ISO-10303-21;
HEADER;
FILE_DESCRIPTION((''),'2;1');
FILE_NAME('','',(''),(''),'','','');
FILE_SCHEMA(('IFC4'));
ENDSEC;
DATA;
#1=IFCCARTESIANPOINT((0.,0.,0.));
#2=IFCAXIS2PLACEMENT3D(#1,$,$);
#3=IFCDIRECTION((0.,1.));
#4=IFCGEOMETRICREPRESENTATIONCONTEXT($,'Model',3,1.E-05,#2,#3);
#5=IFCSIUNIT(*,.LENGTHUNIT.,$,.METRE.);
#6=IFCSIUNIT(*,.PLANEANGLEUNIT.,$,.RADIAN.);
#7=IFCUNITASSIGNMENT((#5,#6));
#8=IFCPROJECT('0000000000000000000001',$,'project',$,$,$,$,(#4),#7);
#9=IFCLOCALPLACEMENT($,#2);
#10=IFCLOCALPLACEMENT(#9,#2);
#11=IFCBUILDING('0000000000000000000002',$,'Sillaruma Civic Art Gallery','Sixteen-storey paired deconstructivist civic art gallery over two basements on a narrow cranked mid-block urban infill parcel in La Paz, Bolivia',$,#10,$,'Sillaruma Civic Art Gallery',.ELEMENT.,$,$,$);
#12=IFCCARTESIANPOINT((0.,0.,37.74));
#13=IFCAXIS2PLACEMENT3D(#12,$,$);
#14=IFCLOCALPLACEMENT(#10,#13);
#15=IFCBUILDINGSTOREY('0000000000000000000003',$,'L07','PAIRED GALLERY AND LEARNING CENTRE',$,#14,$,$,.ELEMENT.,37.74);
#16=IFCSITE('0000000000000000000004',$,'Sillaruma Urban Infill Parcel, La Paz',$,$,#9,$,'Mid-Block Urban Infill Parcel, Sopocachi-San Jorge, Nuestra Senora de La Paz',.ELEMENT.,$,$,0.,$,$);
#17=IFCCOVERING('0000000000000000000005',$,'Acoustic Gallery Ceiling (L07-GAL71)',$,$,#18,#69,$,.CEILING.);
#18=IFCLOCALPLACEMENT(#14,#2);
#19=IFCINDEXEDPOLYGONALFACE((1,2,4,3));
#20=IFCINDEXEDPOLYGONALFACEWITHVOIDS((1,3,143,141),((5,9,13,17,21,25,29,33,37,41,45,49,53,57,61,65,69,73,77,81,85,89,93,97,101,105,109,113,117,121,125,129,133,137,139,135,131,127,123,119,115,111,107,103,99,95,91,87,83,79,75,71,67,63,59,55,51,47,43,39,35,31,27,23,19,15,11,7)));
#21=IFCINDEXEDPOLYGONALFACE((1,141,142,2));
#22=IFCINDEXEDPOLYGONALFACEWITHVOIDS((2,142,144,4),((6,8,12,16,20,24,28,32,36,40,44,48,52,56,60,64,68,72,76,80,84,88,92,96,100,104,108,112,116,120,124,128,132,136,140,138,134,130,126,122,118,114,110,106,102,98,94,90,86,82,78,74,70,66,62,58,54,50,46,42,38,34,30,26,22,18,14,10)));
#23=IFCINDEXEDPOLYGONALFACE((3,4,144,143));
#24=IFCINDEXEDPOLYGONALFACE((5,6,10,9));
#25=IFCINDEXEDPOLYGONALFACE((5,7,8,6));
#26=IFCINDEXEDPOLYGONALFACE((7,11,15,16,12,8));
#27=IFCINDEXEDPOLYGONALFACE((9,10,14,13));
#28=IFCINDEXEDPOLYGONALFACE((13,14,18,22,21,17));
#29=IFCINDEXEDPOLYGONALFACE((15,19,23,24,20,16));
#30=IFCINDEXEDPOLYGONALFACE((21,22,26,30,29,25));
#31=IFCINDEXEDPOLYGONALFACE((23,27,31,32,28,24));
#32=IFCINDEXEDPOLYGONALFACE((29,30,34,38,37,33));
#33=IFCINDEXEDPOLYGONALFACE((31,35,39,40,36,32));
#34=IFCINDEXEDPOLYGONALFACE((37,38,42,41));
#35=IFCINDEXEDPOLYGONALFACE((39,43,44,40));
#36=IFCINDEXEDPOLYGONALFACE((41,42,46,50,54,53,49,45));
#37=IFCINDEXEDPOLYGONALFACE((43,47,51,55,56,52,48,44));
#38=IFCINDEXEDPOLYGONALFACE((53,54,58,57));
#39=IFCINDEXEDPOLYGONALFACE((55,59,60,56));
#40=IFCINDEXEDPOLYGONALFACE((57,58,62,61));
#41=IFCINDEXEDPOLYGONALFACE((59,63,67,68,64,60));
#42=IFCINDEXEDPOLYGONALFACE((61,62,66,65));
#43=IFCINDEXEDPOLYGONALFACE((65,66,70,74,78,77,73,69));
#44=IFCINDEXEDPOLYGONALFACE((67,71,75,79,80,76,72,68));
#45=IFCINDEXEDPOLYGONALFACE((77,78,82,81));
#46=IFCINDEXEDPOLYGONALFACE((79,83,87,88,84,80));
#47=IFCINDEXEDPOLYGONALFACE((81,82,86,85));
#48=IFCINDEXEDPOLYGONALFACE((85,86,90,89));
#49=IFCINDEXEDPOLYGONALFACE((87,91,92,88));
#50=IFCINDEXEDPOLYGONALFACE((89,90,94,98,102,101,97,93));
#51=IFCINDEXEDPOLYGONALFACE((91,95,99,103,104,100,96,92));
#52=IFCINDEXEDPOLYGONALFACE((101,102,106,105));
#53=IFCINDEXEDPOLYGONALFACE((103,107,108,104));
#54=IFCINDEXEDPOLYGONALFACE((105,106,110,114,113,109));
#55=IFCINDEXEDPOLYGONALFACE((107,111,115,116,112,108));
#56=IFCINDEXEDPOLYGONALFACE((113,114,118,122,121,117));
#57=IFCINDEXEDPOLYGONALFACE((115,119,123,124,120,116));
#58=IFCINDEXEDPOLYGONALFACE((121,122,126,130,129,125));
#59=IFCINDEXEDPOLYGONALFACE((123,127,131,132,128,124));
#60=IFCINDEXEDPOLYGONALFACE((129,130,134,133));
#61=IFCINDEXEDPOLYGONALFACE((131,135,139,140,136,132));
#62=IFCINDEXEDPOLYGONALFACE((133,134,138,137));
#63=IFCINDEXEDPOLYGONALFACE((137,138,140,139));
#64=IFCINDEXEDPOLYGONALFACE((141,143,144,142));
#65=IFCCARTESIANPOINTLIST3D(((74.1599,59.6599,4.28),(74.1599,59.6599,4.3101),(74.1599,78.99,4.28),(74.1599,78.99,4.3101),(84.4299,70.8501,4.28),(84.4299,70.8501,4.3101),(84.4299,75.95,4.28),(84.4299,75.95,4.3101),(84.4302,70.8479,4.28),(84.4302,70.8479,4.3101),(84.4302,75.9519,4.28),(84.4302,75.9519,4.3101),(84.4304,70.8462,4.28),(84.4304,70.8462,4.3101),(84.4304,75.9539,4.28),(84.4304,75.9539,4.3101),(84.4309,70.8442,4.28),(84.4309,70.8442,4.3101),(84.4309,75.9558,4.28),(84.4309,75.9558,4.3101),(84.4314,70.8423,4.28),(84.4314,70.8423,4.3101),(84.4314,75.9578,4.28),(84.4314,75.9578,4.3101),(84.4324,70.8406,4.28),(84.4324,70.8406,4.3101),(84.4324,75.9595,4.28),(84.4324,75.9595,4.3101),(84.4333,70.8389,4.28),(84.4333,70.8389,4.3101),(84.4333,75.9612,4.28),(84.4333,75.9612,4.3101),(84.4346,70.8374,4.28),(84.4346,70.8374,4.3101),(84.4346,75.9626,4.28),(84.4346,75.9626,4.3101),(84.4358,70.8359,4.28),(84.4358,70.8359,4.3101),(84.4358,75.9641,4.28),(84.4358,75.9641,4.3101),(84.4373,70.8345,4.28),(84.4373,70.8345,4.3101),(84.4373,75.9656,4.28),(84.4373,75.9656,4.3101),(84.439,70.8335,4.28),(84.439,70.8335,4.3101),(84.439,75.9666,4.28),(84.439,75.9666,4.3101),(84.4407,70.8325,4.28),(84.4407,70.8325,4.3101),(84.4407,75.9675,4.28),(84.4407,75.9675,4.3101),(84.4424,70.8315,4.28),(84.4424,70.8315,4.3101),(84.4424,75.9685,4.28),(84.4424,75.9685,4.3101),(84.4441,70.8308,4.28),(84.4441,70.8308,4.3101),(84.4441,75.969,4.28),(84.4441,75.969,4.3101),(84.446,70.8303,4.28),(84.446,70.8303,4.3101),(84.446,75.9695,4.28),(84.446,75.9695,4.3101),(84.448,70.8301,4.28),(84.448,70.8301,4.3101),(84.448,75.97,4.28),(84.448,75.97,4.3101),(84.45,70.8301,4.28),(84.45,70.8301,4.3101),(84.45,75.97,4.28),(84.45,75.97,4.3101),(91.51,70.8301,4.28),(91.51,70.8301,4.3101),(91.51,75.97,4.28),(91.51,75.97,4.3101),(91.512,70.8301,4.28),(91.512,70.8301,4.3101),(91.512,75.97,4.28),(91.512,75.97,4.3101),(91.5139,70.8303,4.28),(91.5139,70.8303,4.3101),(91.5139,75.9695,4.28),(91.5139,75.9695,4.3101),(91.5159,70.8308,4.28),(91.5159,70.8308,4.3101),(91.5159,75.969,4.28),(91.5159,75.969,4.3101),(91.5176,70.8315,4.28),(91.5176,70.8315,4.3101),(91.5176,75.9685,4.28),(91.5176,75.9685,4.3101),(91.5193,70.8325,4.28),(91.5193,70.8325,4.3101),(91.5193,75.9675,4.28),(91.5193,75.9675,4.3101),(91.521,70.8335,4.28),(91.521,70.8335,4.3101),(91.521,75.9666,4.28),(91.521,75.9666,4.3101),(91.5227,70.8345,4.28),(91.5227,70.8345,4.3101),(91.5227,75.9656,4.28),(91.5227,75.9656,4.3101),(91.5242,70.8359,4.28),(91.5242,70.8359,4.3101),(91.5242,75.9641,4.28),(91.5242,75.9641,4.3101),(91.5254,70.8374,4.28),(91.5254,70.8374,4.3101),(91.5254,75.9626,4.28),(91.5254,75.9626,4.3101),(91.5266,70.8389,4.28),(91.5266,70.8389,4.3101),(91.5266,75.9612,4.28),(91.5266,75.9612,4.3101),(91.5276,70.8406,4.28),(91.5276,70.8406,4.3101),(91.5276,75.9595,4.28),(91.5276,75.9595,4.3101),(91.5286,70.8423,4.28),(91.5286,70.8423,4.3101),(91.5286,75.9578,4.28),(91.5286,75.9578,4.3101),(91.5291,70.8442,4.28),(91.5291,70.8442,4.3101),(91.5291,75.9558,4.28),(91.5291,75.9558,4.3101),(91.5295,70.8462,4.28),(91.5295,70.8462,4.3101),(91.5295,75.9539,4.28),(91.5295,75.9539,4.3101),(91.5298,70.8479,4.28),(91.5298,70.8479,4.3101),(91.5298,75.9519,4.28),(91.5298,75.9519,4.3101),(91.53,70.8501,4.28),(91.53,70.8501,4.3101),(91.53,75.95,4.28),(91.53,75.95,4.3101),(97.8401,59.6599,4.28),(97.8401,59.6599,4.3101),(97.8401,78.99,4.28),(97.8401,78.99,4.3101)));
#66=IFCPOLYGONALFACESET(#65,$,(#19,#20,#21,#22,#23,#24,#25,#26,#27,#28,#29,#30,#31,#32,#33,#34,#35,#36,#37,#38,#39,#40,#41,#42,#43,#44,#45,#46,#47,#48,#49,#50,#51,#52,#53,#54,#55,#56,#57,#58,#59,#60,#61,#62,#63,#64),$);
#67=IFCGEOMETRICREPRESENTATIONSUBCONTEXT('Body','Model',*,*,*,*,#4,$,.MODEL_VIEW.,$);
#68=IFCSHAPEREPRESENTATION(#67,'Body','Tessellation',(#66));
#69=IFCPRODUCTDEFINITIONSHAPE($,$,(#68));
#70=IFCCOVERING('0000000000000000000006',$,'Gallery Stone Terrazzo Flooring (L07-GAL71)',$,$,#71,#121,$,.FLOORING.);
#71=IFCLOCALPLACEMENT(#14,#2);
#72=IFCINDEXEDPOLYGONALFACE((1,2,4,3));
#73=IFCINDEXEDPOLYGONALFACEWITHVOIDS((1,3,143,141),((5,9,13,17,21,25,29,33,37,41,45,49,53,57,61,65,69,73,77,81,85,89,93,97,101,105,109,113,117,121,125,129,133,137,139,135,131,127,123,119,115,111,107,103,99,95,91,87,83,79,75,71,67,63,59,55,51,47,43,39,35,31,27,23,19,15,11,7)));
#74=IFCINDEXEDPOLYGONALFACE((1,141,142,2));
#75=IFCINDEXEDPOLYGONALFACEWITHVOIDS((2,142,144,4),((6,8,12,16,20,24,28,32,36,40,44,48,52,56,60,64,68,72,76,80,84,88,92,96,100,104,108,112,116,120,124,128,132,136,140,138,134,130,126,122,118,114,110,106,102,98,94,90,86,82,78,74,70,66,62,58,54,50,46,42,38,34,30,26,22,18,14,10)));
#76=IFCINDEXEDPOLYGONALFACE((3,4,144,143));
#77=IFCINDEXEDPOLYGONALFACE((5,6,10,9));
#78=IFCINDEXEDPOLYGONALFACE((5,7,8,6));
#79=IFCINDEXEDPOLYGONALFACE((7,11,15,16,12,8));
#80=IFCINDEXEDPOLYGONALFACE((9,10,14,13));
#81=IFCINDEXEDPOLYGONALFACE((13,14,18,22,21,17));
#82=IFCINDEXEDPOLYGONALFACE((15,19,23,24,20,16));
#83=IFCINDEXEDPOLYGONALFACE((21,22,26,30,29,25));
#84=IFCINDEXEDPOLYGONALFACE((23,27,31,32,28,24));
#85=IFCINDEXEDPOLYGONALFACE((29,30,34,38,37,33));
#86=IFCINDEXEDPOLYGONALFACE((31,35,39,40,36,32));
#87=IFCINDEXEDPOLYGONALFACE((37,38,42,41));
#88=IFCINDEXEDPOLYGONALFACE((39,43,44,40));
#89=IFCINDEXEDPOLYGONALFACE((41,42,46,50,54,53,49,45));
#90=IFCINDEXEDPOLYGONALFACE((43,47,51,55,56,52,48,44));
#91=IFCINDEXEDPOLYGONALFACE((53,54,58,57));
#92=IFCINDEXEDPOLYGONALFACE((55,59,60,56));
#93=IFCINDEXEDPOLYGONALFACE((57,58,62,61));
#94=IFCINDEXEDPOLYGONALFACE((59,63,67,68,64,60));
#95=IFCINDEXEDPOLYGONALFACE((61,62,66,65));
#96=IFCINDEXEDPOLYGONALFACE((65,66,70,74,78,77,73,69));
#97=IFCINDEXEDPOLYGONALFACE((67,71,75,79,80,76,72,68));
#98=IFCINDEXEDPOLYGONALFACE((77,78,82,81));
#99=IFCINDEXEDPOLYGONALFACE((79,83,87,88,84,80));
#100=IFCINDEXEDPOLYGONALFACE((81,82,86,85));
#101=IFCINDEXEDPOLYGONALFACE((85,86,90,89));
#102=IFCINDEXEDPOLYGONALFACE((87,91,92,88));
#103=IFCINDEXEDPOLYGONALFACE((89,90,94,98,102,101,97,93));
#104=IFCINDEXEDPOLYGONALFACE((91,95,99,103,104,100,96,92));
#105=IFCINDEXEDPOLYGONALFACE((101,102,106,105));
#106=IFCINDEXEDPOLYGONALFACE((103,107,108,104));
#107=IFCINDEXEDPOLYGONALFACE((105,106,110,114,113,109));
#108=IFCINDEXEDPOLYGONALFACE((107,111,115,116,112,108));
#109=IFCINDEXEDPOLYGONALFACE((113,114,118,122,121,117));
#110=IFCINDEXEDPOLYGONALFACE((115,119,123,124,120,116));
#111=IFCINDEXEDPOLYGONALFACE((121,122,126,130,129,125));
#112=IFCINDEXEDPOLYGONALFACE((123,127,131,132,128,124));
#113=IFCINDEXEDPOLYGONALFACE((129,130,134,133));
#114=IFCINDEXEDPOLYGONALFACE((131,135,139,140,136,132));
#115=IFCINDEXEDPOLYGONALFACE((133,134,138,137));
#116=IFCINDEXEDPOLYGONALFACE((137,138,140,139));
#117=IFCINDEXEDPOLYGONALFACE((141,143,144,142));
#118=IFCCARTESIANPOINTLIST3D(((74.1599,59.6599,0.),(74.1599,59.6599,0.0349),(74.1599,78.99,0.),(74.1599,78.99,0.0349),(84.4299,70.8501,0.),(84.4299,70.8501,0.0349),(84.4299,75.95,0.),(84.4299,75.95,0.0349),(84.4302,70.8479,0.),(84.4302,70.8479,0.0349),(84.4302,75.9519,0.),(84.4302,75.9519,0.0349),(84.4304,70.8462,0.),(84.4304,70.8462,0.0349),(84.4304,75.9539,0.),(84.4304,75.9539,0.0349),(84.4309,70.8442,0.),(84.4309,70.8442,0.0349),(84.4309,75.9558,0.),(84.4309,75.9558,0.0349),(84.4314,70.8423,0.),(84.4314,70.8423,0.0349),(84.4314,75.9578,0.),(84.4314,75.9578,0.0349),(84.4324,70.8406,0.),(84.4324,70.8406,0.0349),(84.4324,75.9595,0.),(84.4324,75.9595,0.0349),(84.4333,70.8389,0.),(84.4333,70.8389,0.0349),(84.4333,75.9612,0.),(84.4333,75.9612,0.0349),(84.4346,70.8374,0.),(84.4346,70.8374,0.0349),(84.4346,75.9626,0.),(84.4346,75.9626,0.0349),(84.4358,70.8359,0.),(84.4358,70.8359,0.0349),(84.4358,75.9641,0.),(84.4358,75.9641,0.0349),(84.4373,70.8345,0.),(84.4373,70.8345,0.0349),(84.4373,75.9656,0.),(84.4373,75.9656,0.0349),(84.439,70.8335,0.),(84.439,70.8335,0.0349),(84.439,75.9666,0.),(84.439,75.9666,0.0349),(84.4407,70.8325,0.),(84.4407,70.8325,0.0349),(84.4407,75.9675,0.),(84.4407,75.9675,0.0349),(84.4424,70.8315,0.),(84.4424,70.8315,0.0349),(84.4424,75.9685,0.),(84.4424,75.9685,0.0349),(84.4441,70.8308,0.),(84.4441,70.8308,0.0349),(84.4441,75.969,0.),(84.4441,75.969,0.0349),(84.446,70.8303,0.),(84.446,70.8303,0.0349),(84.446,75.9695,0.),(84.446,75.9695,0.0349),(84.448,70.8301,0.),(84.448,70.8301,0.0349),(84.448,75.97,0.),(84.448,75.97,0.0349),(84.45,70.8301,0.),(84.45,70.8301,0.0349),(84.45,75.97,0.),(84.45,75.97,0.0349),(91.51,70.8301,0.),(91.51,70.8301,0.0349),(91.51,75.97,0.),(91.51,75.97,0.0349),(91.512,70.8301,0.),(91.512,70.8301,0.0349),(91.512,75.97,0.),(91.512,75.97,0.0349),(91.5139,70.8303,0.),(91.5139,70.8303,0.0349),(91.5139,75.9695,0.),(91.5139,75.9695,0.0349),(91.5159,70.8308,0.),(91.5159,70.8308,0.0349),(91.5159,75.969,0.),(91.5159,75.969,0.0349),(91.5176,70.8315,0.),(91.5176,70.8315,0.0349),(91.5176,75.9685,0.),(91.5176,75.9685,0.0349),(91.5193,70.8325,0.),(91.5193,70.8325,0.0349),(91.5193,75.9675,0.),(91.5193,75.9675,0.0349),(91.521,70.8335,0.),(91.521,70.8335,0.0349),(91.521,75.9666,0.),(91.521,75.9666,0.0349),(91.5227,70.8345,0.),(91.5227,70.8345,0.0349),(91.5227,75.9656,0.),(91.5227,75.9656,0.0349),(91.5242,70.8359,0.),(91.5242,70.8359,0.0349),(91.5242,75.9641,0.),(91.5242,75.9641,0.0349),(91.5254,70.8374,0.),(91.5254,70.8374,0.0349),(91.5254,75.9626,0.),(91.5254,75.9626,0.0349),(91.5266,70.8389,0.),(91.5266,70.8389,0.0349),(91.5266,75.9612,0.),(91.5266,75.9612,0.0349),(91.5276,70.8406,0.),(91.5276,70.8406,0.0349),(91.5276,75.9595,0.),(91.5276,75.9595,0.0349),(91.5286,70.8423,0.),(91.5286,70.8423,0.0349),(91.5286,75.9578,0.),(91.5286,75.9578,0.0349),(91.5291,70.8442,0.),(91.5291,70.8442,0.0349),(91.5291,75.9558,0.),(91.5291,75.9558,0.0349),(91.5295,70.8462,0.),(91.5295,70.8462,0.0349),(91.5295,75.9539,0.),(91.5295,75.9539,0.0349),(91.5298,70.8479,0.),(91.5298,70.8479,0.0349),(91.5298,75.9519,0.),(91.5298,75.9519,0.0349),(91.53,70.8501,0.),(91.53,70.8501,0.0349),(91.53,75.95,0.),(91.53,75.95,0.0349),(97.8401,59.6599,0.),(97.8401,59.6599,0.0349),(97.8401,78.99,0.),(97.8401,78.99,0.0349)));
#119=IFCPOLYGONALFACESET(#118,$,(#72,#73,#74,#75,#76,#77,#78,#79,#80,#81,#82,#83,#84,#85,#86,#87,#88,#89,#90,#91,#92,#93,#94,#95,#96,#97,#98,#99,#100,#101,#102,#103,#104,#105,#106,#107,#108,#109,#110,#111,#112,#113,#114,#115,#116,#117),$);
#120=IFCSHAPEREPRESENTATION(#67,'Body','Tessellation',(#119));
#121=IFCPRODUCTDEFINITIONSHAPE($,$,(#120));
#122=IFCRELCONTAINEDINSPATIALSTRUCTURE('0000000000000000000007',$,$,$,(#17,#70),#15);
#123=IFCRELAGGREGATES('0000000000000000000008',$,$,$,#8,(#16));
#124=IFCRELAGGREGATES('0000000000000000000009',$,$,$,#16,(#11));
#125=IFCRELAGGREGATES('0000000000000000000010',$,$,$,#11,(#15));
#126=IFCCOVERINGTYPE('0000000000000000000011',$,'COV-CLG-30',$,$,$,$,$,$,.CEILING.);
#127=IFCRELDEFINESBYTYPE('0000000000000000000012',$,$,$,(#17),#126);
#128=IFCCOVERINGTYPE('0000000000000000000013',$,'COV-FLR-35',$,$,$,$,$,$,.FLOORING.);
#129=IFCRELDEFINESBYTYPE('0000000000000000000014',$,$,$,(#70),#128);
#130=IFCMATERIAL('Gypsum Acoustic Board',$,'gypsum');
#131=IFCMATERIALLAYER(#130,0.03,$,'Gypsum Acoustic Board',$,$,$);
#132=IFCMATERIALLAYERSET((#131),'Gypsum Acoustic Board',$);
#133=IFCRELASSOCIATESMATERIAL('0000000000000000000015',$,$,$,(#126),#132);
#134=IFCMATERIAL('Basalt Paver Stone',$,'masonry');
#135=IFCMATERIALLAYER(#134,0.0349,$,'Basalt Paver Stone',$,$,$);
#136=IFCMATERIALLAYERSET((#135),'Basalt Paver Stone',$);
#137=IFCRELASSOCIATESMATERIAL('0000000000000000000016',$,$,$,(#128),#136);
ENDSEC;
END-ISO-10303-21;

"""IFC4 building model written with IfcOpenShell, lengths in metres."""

from ifc_helpers import new_model, si_unit, direction, frame, origin, place, context, subcontext, project, spatial, polyline, outline, extrude, material, layer, layer_set, type_object, element, save


model = new_model("IFC4")

# Units and contexts
model_context = context("Model", 3, precision=1e-05, world=origin(), true_north=direction((0.0, 1.0)))
body_context = subcontext(model_context, "Body", "Model", "MODEL_VIEW")
ifc_project = project(units=[si_unit("LENGTHUNIT", "METRE"), si_unit("PLANEANGLEUNIT", "RADIAN")], contexts=[model_context])

# Site, building, storey
site_placement = place(None, origin())
site = spatial("IfcSite", under=ifc_project, at=site_placement, Name="Sillaruma Urban Infill Parcel, La Paz", LongName="Mid-Block Urban Infill Parcel, Sopocachi-San Jorge, Nuestra Senora de La Paz", CompositionType="ELEMENT", RefElevation=0.0)
building_placement = place(site_placement, origin())
building = spatial("IfcBuilding", under=site, at=building_placement, Name="Sillaruma Civic Art Gallery", Description="Sixteen-storey paired deconstructivist civic art gallery over two basements on a narrow cranked mid-block urban infill parcel in La Paz, Bolivia", LongName="Sillaruma Civic Art Gallery", CompositionType="ELEMENT")
storey_placement = place(building_placement, frame((0.0, 0.0, 37.74)))
storey = spatial("IfcBuildingStorey", under=building, at=storey_placement, Name="L07", Description="PAIRED GALLERY AND LEARNING CENTRE", CompositionType="ELEMENT", Elevation=37.74)

# Coverings
ifc_material_1 = material(Name="Gypsum Acoustic Board", Category="gypsum")
ifc_layer_1 = layer(ifc_material_1, 0.03, Name="Gypsum Acoustic Board")
ifc_layer_set_1 = layer_set([ifc_layer_1], Name="Gypsum Acoustic Board")
covering_type_1 = type_object("IfcCoveringType", Name="COV-CLG-30", PredefinedType="CEILING", material=ifc_layer_set_1)
covering_1_placement = place(storey_placement, frame((0.0, 0.0, 4.28)))
element("IfcCovering", 1, at=covering_1_placement, inside=storey, type_object=covering_type_1, Name="Acoustic Gallery Ceiling (L07-GAL71)", PredefinedType="CEILING", context=body_context, shape_type="SweptSolid", body=[
    extrude(outline(polyline([(74.1599, 78.99), (97.8401, 78.99), (97.8401, 59.6599), (74.1599, 59.6599), (74.1599, 78.99)]), holes=[polyline([(91.512, 70.8301), (91.5139, 70.8303), (91.5159, 70.8308), (91.5176, 70.8315), (91.5193, 70.8325), (91.521, 70.8335), (91.5227, 70.8345), (91.5242, 70.8359), (91.5254, 70.8374), (91.5266, 70.8389), (91.5276, 70.8406), (91.5286, 70.8423), (91.5291, 70.8442), (91.5295, 70.8462), (91.5298, 70.8479), (91.53, 70.8501), (91.53, 75.95), (91.5298, 75.9519), (91.5295, 75.9539), (91.5291, 75.9558), (91.5286, 75.9578), (91.5276, 75.9595), (91.5266, 75.9612), (91.5254, 75.9626), (91.5242, 75.9641), (91.5227, 75.9656), (91.521, 75.9666), (91.5193, 75.9675), (91.5176, 75.9685), (91.5159, 75.969), (91.5139, 75.9695), (91.512, 75.97), (91.51, 75.97), (84.45, 75.97), (84.448, 75.97), (84.446, 75.9695), (84.4441, 75.969), (84.4424, 75.9685), (84.4407, 75.9675), (84.439, 75.9666), (84.4373, 75.9656), (84.4358, 75.9641), (84.4346, 75.9626), (84.4333, 75.9612), (84.4324, 75.9595), (84.4314, 75.9578), (84.4309, 75.9558), (84.4304, 75.9539), (84.4302, 75.9519), (84.4299, 75.95), (84.4299, 70.8501), (84.4302, 70.8479), (84.4304, 70.8462), (84.4309, 70.8442), (84.4314, 70.8423), (84.4324, 70.8406), (84.4333, 70.8389), (84.4346, 70.8374), (84.4358, 70.8359), (84.4373, 70.8345), (84.439, 70.8335), (84.4407, 70.8325), (84.4424, 70.8315), (84.4441, 70.8308), (84.446, 70.8303), (84.448, 70.8301), (84.45, 70.8301), (91.51, 70.8301), (91.512, 70.8301)])]), origin(), (0.0, 0.0, 1.0), 0.03),
])
ifc_material_2 = material(Name="Basalt Paver Stone", Category="masonry")
ifc_layer_2 = layer(ifc_material_2, 0.0349, Name="Basalt Paver Stone")
ifc_layer_set_2 = layer_set([ifc_layer_2], Name="Basalt Paver Stone")
covering_type_2 = type_object("IfcCoveringType", Name="COV-FLR-35", PredefinedType="FLOORING", material=ifc_layer_set_2)
covering_2_placement = place(storey_placement, origin())
element("IfcCovering", 2, at=covering_2_placement, inside=storey, type_object=covering_type_2, Name="Gallery Stone Terrazzo Flooring (L07-GAL71)", PredefinedType="FLOORING", context=body_context, shape_type="SweptSolid", body=[
    extrude(outline(polyline([(74.1599, 78.99), (97.8401, 78.99), (97.8401, 59.6599), (74.1599, 59.6599), (74.1599, 78.99)]), holes=[polyline([(91.512, 70.8301), (91.5139, 70.8303), (91.5159, 70.8308), (91.5176, 70.8315), (91.5193, 70.8325), (91.521, 70.8335), (91.5227, 70.8345), (91.5242, 70.8359), (91.5254, 70.8374), (91.5266, 70.8389), (91.5276, 70.8406), (91.5286, 70.8423), (91.5291, 70.8442), (91.5295, 70.8462), (91.5298, 70.8479), (91.53, 70.8501), (91.53, 75.95), (91.5298, 75.9519), (91.5295, 75.9539), (91.5291, 75.9558), (91.5286, 75.9578), (91.5276, 75.9595), (91.5266, 75.9612), (91.5254, 75.9626), (91.5242, 75.9641), (91.5227, 75.9656), (91.521, 75.9666), (91.5193, 75.9675), (91.5176, 75.9685), (91.5159, 75.969), (91.5139, 75.9695), (91.512, 75.97), (91.51, 75.97), (84.45, 75.97), (84.448, 75.97), (84.446, 75.9695), (84.4441, 75.969), (84.4424, 75.9685), (84.4407, 75.9675), (84.439, 75.9666), (84.4373, 75.9656), (84.4358, 75.9641), (84.4346, 75.9626), (84.4333, 75.9612), (84.4324, 75.9595), (84.4314, 75.9578), (84.4309, 75.9558), (84.4304, 75.9539), (84.4302, 75.9519), (84.4299, 75.95), (84.4299, 70.8501), (84.4302, 70.8479), (84.4304, 70.8462), (84.4309, 70.8442), (84.4314, 70.8423), (84.4324, 70.8406), (84.4333, 70.8389), (84.4346, 70.8374), (84.4358, 70.8359), (84.4373, 70.8345), (84.439, 70.8335), (84.4407, 70.8325), (84.4424, 70.8315), (84.4441, 70.8308), (84.446, 70.8303), (84.448, 70.8301), (84.45, 70.8301), (91.51, 70.8301), (91.512, 70.8301)])]), origin(), (0.0, 0.0, 1.0), 0.0349),
])

save(model, "model.ifc")
